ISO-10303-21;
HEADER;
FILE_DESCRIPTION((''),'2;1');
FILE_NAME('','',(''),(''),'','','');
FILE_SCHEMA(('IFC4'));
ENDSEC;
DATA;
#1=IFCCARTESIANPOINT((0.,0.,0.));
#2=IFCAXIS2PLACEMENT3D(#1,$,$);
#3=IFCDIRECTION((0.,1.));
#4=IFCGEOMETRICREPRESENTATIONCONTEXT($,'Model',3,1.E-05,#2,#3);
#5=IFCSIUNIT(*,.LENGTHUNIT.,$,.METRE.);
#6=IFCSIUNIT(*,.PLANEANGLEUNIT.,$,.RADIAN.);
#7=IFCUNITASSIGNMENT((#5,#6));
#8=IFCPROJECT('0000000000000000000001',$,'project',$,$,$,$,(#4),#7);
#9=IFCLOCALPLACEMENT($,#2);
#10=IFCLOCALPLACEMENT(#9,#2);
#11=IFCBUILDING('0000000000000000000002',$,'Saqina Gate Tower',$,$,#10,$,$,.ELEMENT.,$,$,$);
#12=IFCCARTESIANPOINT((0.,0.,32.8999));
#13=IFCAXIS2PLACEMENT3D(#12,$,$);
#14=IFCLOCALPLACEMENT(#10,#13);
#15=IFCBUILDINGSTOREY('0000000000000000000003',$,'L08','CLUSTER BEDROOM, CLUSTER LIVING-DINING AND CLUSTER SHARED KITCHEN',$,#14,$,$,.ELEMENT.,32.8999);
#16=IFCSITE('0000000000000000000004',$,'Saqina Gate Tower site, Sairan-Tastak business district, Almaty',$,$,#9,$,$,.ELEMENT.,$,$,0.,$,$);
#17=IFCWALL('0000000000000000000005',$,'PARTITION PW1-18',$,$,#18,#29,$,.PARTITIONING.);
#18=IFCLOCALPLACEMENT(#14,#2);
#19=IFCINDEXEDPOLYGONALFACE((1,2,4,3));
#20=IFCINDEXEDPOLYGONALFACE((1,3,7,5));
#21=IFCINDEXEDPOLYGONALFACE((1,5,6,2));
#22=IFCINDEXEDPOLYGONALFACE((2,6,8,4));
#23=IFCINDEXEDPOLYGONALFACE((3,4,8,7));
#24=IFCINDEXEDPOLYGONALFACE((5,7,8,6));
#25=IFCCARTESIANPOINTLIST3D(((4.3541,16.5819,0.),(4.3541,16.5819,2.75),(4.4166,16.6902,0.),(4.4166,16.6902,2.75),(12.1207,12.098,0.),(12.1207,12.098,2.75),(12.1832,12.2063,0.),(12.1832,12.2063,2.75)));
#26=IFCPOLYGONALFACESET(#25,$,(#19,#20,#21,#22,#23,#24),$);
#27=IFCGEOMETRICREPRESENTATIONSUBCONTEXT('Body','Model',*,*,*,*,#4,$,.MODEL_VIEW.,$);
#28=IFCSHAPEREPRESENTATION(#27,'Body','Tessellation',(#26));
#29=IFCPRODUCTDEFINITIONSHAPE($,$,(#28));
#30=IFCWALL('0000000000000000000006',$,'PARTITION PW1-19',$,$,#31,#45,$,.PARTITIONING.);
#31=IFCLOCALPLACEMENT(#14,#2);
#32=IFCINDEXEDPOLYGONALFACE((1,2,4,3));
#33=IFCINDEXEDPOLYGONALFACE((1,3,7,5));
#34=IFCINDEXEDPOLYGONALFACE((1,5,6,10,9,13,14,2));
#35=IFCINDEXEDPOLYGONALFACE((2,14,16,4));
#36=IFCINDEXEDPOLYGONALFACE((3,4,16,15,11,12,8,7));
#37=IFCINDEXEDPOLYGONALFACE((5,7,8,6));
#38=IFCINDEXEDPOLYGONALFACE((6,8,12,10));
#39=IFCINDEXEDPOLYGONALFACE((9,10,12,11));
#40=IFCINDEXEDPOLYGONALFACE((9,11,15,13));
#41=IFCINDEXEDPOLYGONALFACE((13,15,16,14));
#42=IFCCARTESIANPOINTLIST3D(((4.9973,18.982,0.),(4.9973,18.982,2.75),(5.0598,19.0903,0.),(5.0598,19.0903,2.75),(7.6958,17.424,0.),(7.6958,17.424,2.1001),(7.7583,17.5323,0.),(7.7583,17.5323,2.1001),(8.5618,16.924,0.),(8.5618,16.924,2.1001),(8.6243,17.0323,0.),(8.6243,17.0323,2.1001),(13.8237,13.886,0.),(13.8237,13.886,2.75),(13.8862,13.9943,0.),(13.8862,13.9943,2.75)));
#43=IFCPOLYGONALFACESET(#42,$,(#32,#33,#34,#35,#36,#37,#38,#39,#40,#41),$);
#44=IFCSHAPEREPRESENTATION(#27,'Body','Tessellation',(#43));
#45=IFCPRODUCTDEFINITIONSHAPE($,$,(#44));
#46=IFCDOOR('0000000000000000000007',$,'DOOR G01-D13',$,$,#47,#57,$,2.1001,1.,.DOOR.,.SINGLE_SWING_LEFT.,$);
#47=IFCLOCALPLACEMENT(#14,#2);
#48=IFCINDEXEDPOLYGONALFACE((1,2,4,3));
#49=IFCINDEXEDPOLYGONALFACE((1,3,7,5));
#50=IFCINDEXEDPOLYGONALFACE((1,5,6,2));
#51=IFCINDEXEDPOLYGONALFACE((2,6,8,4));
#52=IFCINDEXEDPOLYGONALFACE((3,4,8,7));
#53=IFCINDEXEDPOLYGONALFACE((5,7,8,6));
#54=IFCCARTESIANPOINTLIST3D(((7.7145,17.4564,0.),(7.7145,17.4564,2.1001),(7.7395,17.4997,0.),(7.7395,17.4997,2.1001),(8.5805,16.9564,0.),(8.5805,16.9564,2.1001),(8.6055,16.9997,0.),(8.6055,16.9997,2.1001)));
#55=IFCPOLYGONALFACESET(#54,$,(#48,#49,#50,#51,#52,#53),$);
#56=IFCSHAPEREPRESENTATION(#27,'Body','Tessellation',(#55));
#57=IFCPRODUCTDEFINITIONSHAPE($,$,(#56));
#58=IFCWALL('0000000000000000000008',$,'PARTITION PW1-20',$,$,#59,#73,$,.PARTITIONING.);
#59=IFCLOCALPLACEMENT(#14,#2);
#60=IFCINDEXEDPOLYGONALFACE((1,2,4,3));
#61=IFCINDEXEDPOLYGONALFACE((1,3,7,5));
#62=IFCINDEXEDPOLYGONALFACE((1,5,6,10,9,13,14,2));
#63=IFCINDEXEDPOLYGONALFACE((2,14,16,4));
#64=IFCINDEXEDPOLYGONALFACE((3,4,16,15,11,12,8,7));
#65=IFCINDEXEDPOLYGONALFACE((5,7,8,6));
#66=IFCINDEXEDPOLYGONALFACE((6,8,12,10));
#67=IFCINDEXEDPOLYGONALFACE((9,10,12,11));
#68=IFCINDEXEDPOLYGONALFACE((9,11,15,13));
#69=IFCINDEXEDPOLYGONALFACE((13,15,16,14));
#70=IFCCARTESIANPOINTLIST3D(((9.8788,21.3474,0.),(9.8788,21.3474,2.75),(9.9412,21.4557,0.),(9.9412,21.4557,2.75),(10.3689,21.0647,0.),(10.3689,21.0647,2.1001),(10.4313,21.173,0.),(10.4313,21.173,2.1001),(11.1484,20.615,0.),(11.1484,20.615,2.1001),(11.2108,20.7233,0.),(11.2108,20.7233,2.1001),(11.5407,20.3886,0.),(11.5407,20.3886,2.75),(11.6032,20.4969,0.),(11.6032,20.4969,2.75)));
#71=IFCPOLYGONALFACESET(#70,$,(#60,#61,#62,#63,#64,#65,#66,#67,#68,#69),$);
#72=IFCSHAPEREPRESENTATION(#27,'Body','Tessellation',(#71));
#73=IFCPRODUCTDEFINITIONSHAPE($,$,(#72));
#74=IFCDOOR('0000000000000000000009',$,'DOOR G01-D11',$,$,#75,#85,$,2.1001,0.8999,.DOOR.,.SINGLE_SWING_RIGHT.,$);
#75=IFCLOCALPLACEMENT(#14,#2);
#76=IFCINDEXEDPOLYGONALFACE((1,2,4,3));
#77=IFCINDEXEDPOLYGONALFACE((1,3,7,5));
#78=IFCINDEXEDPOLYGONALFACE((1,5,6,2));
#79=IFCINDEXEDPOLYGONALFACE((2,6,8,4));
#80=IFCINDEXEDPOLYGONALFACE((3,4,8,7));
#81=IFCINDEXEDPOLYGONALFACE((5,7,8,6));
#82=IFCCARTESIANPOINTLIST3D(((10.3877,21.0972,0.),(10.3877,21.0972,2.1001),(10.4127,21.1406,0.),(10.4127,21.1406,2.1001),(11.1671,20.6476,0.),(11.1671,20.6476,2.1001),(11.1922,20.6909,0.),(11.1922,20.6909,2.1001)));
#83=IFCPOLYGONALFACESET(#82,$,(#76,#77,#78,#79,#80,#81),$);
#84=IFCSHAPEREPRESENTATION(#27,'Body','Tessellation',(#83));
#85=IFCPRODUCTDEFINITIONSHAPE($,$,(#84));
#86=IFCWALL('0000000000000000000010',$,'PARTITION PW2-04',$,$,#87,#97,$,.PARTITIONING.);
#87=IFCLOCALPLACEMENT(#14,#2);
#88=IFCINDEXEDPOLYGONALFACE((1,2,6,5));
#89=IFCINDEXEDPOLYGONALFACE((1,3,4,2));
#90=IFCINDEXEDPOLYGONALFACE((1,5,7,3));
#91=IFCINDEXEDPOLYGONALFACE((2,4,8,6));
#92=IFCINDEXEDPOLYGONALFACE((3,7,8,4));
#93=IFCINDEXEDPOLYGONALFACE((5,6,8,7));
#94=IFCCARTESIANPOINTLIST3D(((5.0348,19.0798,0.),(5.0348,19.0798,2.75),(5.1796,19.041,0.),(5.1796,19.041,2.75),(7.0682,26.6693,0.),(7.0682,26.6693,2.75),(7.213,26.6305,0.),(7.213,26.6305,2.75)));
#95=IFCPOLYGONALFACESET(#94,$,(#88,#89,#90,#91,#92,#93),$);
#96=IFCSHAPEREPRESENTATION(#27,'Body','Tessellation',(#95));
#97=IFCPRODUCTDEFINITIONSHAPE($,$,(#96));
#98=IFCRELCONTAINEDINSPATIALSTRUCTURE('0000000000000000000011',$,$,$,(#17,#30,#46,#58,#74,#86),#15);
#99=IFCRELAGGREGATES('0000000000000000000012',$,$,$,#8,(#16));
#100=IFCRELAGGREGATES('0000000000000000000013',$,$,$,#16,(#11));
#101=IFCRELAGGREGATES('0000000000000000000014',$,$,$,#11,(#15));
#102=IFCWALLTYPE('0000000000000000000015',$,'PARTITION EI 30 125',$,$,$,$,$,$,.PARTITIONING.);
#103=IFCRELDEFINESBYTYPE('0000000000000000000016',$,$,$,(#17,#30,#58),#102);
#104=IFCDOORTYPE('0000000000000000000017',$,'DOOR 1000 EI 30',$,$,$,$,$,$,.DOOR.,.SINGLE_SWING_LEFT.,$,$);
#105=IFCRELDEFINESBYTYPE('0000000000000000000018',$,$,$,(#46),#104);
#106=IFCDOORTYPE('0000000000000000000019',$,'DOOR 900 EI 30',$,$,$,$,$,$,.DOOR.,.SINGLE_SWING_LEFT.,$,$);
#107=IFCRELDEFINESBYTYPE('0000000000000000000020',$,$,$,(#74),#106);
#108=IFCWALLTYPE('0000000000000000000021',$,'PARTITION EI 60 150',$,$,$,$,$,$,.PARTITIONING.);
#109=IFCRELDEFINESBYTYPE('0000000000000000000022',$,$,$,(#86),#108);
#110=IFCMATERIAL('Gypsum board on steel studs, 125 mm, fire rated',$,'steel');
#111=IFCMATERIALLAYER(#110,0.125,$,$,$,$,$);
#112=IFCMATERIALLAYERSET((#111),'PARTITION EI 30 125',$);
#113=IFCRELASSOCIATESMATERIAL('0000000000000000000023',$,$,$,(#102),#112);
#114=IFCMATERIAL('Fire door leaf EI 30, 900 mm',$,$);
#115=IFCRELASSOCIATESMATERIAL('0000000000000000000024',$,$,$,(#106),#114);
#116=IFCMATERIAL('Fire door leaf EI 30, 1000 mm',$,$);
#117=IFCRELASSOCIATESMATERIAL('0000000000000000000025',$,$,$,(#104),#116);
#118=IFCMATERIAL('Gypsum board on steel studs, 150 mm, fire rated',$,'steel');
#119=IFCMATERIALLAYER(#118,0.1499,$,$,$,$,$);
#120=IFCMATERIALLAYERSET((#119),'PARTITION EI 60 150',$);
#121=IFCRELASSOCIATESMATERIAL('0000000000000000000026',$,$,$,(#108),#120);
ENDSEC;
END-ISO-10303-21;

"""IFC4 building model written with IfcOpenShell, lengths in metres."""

from ifc_helpers import new_model, si_unit, direction, frame, frame_2d, origin, place, context, subcontext, project, spatial, rectangle, extrude, material, layer, layer_set, type_object, element, fill, save


model = new_model("IFC4")

# Units and contexts
model_context = context("Model", 3, precision=1e-05, world=origin(), true_north=direction((0.0, 1.0)))
body_context = subcontext(model_context, "Body", "Model", "MODEL_VIEW")
ifc_project = project(units=[si_unit("LENGTHUNIT", "METRE"), si_unit("PLANEANGLEUNIT", "RADIAN")], contexts=[model_context])

# Site, building, storey
site_placement = place(None, origin())
site = spatial("IfcSite", under=ifc_project, at=site_placement, Name="Saqina Gate Tower site, Sairan-Tastak business district, Almaty", CompositionType="ELEMENT", RefElevation=0.0)
building_placement = place(site_placement, origin())
building = spatial("IfcBuilding", under=site, at=building_placement, Name="Saqina Gate Tower", CompositionType="ELEMENT")
storey_placement = place(building_placement, frame((0.0, 0.0, 32.8999)))
storey = spatial("IfcBuildingStorey", under=building, at=storey_placement, Name="L08", Description="CLUSTER BEDROOM, CLUSTER LIVING-DINING AND CLUSTER SHARED KITCHEN", CompositionType="ELEMENT", Elevation=32.8999)

# Shared definitions
ifc_material_1 = material(Name="Gypsum board on steel studs, 125 mm, fire rated", Category="steel")
ifc_layer_1 = layer(ifc_material_1, 0.125)
ifc_layer_set_1 = layer_set([ifc_layer_1], Name="PARTITION EI 30 125")
wall_type_1 = type_object("IfcWallType", Name="PARTITION EI 30 125", PredefinedType="PARTITIONING", material=ifc_layer_set_1)
ifc_material_2 = material(Name="Fire door leaf EI 30, 900 mm")
door_type_1 = type_object("IfcDoorType", Name="DOOR 900 EI 30", OperationType="SINGLE_SWING_LEFT", PredefinedType="DOOR", material=ifc_material_2)

# Wall
wall_1_placement = place(storey_placement, frame((4.3855, 16.636, 0.0), z_axis=(0.0, 0.0, 1.0), x_axis=(0.866033, -0.499986, 0.0)))
element("IfcWall", 1, at=wall_1_placement, inside=storey, type_object=wall_type_1, Name="PARTITION PW1-18", PredefinedType="PARTITIONING", context=body_context, shape_type="SweptSolid", body=[
    extrude(rectangle(XDim=8.968, YDim=0.125, at=frame_2d((4.4839, 0.0))), origin(), (0.0, 0.0, 1.0), 2.75),
])

# Walls, openings, doors
wall_2_placement = place(storey_placement, frame((5.0286, 19.0361, 0.0), z_axis=(0.0, 0.0, 1.0), x_axis=(0.866025, -0.500001, 0.0)))
wall_2 = element("IfcWall", 2, at=wall_2_placement, inside=storey, type_object=wall_type_1, Name="PARTITION PW1-19", PredefinedType="PARTITIONING", context=body_context, shape_type="SweptSolid", body=[
    extrude(rectangle(XDim=10.1919, YDim=0.125, at=frame_2d((5.0959, 0.0))), origin(), (0.0, 0.0, 1.0), 2.75),
])
opening_1_placement = place(wall_2_placement, frame((3.116, 0.0, 0.0)))
opening_1 = element("IfcOpeningElement", 3, at=opening_1_placement, cuts=wall_2, PredefinedType="OPENING", context=body_context, shape_type="SweptSolid", body=[
    extrude(rectangle(XDim=1.0, YDim=2.1001, at=frame_2d((0.5, 1.05))), frame((0.0, 0.0745, 0.0), z_axis=(0.0, -1.0, 0.0), x_axis=(1.0, 0.0, 0.0)), (0.0, 0.0, 1.0), 0.1489),
])
ifc_material_3 = material(Name="Fire door leaf EI 30, 1000 mm")
door_type_2 = type_object("IfcDoorType", Name="DOOR 1000 EI 30", OperationType="SINGLE_SWING_LEFT", PredefinedType="DOOR", material=ifc_material_3)
door_1_placement = place(opening_1_placement, origin())
door_1 = element("IfcDoor", 4, at=door_1_placement, inside=storey, type_object=door_type_2, Name="DOOR G01-D13", OperationType="SINGLE_SWING_LEFT", OverallHeight=2.1001, OverallWidth=1.0, PredefinedType="DOOR", context=body_context, shape_type="SweptSolid", body=[
    extrude(rectangle(XDim=1.0, YDim=2.1001, at=frame_2d((0.5, 1.05))), frame((0.0, 0.0249, 0.0), z_axis=(0.0, -1.0, 0.0), x_axis=(1.0, 0.0, 0.0)), (0.0, 0.0, 1.0), 0.05),
])
fill(opening_1, door_1)
wall_3_placement = place(storey_placement, frame((9.9099, 21.4016, 0.0), z_axis=(0.0, 0.0, 1.0), x_axis=(0.866192, -0.499711, 0.0)))
wall_3 = element("IfcWall", 5, at=wall_3_placement, inside=storey, type_object=wall_type_1, Name="PARTITION PW1-20", PredefinedType="PARTITIONING", context=body_context, shape_type="SweptSolid", body=[
    extrude(rectangle(XDim=1.9187, YDim=0.125, at=frame_2d((0.9595, 0.0))), origin(), (0.0, 0.0, 1.0), 2.75),
])
opening_2_placement = place(wall_3_placement, frame((0.5659, 0.0, 0.0)))
opening_2 = element("IfcOpeningElement", 6, at=opening_2_placement, cuts=wall_3, PredefinedType="OPENING", context=body_context, shape_type="SweptSolid", body=[
    extrude(rectangle(XDim=0.8999, YDim=2.1001, at=frame_2d((0.45, 1.05))), frame((0.0, 0.0745, 0.0), z_axis=(0.0, -1.0, 0.0), x_axis=(1.0, 0.0, 0.0)), (0.0, 0.0, 1.0), 0.1489),
])
door_2_placement = place(opening_2_placement, frame((0.8999, 0.0, 0.0), z_axis=(0.0, 0.0, 1.0), x_axis=(-1.0, 0.0, 0.0)))
door_2 = element("IfcDoor", 7, at=door_2_placement, inside=storey, type_object=door_type_1, Name="DOOR G01-D11", OperationType="SINGLE_SWING_RIGHT", OverallHeight=2.1001, OverallWidth=0.8999, PredefinedType="DOOR", context=body_context, shape_type="SweptSolid", body=[
    extrude(rectangle(XDim=0.8999, YDim=2.1001, at=frame_2d((0.45, 1.05))), frame((0.0, 0.0249, 0.0), z_axis=(0.0, -1.0, 0.0), x_axis=(1.0, 0.0, 0.0)), (0.0, 0.0, 1.0), 0.05),
])
fill(opening_2, door_2)

# Wall
ifc_material_4 = material(Name="Gypsum board on steel studs, 150 mm, fire rated", Category="steel")
ifc_layer_2 = layer(ifc_material_4, 0.1499)
ifc_layer_set_2 = layer_set([ifc_layer_2], Name="PARTITION EI 60 150")
wall_type_2 = type_object("IfcWallType", Name="PARTITION EI 60 150", PredefinedType="PARTITIONING", material=ifc_layer_set_2)
wall_4_placement = place(storey_placement, frame((5.1072, 19.0603, 0.0), z_axis=(0.0, 0.0, 1.0), x_axis=(0.258798, 0.965932, 0.0)))
element("IfcWall", 8, at=wall_4_placement, inside=storey, type_object=wall_type_2, Name="PARTITION PW2-04", PredefinedType="PARTITIONING", context=body_context, shape_type="SweptSolid", body=[
    extrude(rectangle(XDim=7.8572, YDim=0.1499, at=frame_2d((3.9287, 0.0))), origin(), (0.0, 0.0, 1.0), 2.75),
])

save(model, "model.ifc")
